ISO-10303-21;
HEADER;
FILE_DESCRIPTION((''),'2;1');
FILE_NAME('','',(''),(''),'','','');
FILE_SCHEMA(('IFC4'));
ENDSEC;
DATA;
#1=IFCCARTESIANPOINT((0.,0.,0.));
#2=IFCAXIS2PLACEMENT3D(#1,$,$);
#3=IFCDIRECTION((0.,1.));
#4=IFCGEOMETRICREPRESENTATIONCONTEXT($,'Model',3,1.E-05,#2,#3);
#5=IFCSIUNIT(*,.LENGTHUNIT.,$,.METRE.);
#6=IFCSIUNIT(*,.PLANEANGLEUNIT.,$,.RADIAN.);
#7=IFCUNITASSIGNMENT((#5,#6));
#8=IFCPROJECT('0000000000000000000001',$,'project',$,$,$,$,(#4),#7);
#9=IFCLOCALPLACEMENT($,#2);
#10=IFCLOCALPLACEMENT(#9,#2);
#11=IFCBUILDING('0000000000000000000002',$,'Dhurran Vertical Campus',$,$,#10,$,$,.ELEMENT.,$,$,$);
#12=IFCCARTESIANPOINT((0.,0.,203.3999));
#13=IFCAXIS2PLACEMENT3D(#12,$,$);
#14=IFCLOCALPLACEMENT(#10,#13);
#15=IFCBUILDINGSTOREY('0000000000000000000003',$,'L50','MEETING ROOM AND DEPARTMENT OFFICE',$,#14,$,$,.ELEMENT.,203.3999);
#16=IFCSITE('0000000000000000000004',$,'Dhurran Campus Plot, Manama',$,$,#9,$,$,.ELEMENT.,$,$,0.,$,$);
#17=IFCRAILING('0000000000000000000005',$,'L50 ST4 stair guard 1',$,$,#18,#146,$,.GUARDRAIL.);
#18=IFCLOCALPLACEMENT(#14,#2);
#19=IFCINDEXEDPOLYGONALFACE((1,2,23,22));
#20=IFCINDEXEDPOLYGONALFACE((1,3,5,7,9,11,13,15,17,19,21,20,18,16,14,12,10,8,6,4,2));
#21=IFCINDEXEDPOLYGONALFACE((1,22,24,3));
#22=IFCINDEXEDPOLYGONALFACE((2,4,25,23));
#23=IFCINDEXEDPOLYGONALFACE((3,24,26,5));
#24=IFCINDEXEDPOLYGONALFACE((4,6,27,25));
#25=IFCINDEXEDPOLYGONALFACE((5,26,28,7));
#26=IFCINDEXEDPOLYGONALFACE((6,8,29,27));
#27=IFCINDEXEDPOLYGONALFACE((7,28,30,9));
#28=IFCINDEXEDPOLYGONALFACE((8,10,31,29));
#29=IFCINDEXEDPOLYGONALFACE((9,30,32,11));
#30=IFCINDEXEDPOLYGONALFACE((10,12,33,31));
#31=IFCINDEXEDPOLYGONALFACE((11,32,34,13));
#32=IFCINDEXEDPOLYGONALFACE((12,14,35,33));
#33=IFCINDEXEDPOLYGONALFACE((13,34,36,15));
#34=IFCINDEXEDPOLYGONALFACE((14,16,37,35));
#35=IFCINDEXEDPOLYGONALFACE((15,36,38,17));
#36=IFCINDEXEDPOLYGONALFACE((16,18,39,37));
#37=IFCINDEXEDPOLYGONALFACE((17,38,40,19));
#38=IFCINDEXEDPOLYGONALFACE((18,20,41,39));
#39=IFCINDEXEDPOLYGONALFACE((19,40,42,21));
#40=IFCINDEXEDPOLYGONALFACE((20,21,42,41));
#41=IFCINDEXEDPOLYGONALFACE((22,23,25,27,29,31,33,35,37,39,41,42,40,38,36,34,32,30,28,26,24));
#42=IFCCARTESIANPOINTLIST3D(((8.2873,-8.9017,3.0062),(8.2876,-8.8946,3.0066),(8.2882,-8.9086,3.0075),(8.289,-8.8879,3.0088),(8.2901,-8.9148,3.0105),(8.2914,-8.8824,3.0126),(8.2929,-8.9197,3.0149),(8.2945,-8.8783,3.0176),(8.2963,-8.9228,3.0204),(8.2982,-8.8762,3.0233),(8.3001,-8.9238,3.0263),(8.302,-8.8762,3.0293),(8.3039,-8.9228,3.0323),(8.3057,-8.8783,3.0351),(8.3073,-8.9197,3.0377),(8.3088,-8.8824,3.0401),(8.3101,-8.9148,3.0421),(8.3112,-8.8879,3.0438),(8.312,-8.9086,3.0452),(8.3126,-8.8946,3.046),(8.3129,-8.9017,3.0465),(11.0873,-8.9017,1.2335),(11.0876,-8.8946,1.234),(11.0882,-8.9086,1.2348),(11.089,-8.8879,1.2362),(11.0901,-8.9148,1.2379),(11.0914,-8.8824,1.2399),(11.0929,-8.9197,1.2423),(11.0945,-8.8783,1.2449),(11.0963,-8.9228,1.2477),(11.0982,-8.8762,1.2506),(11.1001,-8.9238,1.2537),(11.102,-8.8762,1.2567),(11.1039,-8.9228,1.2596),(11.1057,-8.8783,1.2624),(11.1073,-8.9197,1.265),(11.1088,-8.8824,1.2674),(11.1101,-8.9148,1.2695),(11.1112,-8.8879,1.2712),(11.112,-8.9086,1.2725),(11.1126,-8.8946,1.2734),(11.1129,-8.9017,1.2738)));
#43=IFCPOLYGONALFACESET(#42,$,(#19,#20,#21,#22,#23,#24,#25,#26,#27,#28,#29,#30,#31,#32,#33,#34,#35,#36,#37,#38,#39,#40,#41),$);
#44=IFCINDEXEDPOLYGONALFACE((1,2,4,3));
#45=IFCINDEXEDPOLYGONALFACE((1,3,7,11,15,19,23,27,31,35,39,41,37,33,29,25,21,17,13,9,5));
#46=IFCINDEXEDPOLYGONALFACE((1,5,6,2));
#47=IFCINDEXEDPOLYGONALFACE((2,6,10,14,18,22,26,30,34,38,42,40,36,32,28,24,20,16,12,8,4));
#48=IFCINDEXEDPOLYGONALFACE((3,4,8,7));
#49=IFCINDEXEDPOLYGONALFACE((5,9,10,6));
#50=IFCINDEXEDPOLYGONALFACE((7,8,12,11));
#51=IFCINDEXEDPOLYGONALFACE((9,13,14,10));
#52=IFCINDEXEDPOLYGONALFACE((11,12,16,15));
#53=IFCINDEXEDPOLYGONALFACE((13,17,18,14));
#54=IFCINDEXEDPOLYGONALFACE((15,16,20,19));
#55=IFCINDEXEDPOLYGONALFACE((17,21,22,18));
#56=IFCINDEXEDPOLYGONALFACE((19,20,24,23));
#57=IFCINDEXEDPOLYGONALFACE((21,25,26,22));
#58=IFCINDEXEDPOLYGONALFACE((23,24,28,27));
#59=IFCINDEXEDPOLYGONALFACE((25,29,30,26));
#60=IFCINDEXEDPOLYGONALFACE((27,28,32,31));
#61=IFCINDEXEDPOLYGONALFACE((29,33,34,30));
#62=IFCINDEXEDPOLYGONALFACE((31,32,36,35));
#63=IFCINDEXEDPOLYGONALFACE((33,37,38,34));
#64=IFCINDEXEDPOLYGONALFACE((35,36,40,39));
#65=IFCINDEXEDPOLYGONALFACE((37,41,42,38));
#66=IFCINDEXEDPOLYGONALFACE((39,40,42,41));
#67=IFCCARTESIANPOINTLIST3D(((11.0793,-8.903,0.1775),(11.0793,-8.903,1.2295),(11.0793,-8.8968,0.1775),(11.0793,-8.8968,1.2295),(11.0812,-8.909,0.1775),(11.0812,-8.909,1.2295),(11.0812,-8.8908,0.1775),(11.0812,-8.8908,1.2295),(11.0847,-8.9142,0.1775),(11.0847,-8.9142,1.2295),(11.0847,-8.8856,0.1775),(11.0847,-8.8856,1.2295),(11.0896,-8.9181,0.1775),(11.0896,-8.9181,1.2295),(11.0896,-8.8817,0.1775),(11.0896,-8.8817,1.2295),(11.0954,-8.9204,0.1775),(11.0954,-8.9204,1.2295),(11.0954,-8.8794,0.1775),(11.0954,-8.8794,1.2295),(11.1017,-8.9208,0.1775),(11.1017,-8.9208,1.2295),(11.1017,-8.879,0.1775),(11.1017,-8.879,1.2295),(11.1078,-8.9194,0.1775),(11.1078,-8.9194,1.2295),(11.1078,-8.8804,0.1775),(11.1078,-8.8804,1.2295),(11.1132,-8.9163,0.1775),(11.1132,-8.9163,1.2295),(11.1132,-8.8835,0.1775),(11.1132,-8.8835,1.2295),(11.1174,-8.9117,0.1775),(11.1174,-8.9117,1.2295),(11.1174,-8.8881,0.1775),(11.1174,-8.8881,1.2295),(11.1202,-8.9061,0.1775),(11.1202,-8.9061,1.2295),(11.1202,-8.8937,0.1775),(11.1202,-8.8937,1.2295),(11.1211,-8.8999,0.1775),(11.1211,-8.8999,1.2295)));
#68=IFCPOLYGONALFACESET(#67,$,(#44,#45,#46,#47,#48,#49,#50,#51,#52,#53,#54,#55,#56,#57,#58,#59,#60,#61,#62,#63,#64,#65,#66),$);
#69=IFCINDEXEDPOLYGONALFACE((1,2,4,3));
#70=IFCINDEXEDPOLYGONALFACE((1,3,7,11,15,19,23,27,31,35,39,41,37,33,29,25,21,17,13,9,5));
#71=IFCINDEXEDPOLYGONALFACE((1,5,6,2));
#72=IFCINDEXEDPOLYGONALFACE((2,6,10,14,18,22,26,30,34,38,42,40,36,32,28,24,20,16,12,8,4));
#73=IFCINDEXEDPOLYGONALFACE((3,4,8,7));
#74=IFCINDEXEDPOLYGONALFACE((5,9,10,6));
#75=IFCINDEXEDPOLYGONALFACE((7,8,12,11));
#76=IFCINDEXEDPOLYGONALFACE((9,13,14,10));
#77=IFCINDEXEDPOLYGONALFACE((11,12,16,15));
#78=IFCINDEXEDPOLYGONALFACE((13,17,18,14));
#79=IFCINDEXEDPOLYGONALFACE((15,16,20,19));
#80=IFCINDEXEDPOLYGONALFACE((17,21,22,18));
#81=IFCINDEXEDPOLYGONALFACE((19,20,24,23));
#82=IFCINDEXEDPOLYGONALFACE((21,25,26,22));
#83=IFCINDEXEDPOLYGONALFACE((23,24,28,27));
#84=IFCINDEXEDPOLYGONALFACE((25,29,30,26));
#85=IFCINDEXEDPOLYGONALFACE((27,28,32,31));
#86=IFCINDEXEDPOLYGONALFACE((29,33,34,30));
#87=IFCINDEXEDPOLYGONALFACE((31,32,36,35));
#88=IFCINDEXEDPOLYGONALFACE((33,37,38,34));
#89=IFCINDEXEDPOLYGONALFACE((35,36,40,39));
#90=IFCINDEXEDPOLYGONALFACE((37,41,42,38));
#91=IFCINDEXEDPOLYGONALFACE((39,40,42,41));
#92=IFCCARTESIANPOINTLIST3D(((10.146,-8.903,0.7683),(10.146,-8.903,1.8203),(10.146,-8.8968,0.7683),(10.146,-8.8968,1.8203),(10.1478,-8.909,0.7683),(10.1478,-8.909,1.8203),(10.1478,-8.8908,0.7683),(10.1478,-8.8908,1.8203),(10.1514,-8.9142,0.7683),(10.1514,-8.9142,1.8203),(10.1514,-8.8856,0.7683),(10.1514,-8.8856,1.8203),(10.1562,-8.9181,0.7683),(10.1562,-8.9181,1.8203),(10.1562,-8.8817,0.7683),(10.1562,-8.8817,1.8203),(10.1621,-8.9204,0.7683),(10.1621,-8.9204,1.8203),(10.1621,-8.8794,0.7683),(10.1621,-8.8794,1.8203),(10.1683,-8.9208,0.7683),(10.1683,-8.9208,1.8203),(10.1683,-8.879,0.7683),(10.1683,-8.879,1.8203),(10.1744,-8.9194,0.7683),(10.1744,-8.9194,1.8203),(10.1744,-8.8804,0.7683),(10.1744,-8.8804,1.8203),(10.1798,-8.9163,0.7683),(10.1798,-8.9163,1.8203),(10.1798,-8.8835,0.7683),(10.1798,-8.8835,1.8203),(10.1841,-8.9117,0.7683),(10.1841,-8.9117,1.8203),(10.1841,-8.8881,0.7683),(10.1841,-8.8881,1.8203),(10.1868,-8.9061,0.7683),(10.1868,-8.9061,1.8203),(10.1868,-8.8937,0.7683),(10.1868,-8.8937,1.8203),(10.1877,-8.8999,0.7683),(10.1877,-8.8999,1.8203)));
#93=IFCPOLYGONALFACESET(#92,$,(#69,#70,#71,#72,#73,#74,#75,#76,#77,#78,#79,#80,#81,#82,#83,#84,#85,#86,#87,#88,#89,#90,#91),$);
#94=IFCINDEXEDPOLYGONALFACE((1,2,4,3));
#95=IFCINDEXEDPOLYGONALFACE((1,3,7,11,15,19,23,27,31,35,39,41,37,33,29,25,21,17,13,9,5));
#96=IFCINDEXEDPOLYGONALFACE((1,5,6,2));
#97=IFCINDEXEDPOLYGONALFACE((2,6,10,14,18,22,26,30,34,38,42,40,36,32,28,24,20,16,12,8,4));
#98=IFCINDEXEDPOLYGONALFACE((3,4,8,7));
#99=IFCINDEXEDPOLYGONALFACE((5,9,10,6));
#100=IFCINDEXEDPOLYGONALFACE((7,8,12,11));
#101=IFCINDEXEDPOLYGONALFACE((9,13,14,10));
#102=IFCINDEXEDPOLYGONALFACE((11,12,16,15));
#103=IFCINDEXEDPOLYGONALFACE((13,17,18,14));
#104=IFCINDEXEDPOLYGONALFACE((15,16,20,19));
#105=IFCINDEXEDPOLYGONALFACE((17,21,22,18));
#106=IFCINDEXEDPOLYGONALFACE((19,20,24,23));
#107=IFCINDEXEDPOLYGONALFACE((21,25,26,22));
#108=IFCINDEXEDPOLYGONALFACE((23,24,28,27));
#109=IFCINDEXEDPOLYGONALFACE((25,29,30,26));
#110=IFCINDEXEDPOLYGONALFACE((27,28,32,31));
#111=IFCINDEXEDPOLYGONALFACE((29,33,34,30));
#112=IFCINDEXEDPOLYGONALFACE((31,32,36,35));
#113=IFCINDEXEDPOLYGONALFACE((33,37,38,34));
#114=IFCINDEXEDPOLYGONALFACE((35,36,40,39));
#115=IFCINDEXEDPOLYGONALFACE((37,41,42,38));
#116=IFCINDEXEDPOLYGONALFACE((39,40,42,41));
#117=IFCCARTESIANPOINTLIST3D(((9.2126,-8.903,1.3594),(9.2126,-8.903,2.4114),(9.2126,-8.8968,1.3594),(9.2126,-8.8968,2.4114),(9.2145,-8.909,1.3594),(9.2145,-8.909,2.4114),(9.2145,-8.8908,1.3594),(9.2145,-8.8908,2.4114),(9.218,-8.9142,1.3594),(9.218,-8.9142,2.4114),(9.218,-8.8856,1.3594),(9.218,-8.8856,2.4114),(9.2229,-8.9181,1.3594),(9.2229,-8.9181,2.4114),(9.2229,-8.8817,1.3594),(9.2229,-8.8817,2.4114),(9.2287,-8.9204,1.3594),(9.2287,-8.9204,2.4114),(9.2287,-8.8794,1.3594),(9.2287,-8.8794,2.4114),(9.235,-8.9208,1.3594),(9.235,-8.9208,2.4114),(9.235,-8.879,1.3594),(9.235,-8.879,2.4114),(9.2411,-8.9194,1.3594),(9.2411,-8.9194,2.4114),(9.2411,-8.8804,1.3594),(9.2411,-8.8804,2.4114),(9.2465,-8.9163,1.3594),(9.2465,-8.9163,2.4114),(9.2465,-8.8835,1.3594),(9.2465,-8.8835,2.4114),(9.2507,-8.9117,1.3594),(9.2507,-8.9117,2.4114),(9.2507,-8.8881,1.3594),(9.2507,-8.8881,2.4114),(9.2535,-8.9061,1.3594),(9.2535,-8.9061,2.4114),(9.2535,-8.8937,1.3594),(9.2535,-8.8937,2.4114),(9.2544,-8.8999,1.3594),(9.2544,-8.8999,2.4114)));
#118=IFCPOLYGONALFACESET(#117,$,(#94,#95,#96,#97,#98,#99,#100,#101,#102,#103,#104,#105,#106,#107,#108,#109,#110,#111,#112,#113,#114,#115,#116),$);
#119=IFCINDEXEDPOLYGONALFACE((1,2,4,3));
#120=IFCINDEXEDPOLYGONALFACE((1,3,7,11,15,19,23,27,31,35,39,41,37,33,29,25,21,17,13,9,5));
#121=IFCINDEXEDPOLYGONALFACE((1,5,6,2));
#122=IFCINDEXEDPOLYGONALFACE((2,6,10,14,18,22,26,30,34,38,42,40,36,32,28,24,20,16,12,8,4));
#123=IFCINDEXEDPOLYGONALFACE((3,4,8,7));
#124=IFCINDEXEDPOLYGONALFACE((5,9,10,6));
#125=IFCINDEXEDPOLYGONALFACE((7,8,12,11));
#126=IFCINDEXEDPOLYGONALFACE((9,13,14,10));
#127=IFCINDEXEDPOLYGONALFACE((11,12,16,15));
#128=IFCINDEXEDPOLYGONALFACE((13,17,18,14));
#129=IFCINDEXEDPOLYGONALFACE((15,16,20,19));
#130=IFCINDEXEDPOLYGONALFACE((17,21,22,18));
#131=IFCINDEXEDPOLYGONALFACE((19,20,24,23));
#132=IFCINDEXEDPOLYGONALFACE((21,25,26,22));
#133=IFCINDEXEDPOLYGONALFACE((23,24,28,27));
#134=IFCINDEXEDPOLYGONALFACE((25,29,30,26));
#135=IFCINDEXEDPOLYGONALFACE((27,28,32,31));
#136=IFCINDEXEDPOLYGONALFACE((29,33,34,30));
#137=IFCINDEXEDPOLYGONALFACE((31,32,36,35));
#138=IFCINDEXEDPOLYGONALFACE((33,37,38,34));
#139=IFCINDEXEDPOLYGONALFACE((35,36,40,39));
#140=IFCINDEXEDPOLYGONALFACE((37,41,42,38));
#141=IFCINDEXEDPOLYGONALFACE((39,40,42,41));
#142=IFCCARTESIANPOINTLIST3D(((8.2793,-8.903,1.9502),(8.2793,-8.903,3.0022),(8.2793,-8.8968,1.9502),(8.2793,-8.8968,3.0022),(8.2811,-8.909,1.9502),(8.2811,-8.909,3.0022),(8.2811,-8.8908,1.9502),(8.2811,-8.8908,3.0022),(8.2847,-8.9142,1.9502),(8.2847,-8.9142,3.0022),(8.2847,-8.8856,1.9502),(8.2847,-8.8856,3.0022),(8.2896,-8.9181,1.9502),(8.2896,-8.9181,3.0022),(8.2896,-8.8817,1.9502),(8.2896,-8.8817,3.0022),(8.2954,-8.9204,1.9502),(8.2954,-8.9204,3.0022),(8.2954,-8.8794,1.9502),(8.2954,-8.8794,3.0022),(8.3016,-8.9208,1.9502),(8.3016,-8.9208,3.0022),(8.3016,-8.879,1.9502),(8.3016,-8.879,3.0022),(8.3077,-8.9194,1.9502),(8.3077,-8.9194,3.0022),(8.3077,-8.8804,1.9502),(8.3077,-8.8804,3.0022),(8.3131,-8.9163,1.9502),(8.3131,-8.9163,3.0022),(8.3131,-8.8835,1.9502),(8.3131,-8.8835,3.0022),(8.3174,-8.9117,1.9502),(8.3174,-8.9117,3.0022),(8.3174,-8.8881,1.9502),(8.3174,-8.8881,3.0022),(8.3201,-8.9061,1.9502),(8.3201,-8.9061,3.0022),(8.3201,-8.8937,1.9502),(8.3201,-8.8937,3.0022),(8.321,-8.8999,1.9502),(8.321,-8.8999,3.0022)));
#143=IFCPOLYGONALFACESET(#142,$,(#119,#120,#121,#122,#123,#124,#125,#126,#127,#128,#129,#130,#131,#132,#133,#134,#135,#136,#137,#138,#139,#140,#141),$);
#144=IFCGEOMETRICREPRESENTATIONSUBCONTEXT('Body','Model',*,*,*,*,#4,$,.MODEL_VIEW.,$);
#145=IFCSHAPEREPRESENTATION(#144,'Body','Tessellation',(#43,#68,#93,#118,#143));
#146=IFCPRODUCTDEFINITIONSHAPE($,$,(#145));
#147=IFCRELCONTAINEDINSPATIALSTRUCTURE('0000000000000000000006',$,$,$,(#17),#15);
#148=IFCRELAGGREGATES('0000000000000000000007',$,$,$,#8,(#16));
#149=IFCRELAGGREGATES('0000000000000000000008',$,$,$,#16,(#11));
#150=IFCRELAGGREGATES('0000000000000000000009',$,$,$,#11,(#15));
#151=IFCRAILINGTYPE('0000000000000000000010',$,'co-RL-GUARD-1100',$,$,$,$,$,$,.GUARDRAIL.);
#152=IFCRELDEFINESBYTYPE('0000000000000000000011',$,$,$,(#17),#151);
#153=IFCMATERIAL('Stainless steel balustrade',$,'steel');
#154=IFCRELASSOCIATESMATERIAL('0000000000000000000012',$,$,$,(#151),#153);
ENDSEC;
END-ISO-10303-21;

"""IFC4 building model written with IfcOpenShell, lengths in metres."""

from ifc_helpers import new_model, si_unit, direction, frame, origin, origin_2d, place, context, subcontext, project, spatial, circle, extrude, material, type_object, element, save


model = new_model("IFC4")

# Units and contexts
model_context = context("Model", 3, precision=1e-05, world=origin(), true_north=direction((0.0, 1.0)))
body_context = subcontext(model_context, "Body", "Model", "MODEL_VIEW")
ifc_project = project(units=[si_unit("LENGTHUNIT", "METRE"), si_unit("PLANEANGLEUNIT", "RADIAN")], contexts=[model_context])

# Site, building, storey
site_placement = place(None, origin())
site = spatial("IfcSite", under=ifc_project, at=site_placement, Name="Dhurran Campus Plot, Manama", CompositionType="ELEMENT", RefElevation=0.0)
building_placement = place(site_placement, origin())
building = spatial("IfcBuilding", under=site, at=building_placement, Name="Dhurran Vertical Campus", CompositionType="ELEMENT")
storey_placement = place(building_placement, frame((0.0, 0.0, 203.3999)))
storey = spatial("IfcBuildingStorey", under=building, at=storey_placement, Name="L50", Description="MEETING ROOM AND DEPARTMENT OFFICE", CompositionType="ELEMENT", Elevation=203.3999)

# Railing
ifc_material_1 = material(Name="Stainless steel balustrade", Category="steel")
railing_type_1 = type_object("IfcRailingType", Name="co-RL-GUARD-1100", PredefinedType="GUARDRAIL", material=ifc_material_1)
railing_1_placement = place(storey_placement, frame((11.1001, -8.8999, 0.1775)))
element("IfcRailing", 1, at=railing_1_placement, inside=storey, type_object=railing_type_1, Name="L50 ST4 stair guard 1", PredefinedType="GUARDRAIL", context=body_context, shape_type="SweptSolid", body=[
    extrude(circle(Radius=0.0239, at=origin_2d()), frame((0.0, 0.0, 1.0762), z_axis=(-0.844909, 0.0, 0.53491), x_axis=(0.0, -1.0, 0.0)), (0.0, 0.0, 1.0), 3.314),
    extrude(circle(Radius=0.021, at=origin_2d()), origin(), (0.0, 0.0, 1.0), 1.052),
    extrude(circle(Radius=0.021, at=origin_2d()), frame((-0.9333, 0.0, 0.5908)), (0.0, 0.0, 1.0), 1.052),
    extrude(circle(Radius=0.021, at=origin_2d()), frame((-1.8667, 0.0, 1.1819)), (0.0, 0.0, 1.0), 1.052),
    extrude(circle(Radius=0.021, at=origin_2d()), frame((-2.8, 0.0, 1.7727)), (0.0, 0.0, 1.0), 1.052),
])

save(model, "model.ifc")
